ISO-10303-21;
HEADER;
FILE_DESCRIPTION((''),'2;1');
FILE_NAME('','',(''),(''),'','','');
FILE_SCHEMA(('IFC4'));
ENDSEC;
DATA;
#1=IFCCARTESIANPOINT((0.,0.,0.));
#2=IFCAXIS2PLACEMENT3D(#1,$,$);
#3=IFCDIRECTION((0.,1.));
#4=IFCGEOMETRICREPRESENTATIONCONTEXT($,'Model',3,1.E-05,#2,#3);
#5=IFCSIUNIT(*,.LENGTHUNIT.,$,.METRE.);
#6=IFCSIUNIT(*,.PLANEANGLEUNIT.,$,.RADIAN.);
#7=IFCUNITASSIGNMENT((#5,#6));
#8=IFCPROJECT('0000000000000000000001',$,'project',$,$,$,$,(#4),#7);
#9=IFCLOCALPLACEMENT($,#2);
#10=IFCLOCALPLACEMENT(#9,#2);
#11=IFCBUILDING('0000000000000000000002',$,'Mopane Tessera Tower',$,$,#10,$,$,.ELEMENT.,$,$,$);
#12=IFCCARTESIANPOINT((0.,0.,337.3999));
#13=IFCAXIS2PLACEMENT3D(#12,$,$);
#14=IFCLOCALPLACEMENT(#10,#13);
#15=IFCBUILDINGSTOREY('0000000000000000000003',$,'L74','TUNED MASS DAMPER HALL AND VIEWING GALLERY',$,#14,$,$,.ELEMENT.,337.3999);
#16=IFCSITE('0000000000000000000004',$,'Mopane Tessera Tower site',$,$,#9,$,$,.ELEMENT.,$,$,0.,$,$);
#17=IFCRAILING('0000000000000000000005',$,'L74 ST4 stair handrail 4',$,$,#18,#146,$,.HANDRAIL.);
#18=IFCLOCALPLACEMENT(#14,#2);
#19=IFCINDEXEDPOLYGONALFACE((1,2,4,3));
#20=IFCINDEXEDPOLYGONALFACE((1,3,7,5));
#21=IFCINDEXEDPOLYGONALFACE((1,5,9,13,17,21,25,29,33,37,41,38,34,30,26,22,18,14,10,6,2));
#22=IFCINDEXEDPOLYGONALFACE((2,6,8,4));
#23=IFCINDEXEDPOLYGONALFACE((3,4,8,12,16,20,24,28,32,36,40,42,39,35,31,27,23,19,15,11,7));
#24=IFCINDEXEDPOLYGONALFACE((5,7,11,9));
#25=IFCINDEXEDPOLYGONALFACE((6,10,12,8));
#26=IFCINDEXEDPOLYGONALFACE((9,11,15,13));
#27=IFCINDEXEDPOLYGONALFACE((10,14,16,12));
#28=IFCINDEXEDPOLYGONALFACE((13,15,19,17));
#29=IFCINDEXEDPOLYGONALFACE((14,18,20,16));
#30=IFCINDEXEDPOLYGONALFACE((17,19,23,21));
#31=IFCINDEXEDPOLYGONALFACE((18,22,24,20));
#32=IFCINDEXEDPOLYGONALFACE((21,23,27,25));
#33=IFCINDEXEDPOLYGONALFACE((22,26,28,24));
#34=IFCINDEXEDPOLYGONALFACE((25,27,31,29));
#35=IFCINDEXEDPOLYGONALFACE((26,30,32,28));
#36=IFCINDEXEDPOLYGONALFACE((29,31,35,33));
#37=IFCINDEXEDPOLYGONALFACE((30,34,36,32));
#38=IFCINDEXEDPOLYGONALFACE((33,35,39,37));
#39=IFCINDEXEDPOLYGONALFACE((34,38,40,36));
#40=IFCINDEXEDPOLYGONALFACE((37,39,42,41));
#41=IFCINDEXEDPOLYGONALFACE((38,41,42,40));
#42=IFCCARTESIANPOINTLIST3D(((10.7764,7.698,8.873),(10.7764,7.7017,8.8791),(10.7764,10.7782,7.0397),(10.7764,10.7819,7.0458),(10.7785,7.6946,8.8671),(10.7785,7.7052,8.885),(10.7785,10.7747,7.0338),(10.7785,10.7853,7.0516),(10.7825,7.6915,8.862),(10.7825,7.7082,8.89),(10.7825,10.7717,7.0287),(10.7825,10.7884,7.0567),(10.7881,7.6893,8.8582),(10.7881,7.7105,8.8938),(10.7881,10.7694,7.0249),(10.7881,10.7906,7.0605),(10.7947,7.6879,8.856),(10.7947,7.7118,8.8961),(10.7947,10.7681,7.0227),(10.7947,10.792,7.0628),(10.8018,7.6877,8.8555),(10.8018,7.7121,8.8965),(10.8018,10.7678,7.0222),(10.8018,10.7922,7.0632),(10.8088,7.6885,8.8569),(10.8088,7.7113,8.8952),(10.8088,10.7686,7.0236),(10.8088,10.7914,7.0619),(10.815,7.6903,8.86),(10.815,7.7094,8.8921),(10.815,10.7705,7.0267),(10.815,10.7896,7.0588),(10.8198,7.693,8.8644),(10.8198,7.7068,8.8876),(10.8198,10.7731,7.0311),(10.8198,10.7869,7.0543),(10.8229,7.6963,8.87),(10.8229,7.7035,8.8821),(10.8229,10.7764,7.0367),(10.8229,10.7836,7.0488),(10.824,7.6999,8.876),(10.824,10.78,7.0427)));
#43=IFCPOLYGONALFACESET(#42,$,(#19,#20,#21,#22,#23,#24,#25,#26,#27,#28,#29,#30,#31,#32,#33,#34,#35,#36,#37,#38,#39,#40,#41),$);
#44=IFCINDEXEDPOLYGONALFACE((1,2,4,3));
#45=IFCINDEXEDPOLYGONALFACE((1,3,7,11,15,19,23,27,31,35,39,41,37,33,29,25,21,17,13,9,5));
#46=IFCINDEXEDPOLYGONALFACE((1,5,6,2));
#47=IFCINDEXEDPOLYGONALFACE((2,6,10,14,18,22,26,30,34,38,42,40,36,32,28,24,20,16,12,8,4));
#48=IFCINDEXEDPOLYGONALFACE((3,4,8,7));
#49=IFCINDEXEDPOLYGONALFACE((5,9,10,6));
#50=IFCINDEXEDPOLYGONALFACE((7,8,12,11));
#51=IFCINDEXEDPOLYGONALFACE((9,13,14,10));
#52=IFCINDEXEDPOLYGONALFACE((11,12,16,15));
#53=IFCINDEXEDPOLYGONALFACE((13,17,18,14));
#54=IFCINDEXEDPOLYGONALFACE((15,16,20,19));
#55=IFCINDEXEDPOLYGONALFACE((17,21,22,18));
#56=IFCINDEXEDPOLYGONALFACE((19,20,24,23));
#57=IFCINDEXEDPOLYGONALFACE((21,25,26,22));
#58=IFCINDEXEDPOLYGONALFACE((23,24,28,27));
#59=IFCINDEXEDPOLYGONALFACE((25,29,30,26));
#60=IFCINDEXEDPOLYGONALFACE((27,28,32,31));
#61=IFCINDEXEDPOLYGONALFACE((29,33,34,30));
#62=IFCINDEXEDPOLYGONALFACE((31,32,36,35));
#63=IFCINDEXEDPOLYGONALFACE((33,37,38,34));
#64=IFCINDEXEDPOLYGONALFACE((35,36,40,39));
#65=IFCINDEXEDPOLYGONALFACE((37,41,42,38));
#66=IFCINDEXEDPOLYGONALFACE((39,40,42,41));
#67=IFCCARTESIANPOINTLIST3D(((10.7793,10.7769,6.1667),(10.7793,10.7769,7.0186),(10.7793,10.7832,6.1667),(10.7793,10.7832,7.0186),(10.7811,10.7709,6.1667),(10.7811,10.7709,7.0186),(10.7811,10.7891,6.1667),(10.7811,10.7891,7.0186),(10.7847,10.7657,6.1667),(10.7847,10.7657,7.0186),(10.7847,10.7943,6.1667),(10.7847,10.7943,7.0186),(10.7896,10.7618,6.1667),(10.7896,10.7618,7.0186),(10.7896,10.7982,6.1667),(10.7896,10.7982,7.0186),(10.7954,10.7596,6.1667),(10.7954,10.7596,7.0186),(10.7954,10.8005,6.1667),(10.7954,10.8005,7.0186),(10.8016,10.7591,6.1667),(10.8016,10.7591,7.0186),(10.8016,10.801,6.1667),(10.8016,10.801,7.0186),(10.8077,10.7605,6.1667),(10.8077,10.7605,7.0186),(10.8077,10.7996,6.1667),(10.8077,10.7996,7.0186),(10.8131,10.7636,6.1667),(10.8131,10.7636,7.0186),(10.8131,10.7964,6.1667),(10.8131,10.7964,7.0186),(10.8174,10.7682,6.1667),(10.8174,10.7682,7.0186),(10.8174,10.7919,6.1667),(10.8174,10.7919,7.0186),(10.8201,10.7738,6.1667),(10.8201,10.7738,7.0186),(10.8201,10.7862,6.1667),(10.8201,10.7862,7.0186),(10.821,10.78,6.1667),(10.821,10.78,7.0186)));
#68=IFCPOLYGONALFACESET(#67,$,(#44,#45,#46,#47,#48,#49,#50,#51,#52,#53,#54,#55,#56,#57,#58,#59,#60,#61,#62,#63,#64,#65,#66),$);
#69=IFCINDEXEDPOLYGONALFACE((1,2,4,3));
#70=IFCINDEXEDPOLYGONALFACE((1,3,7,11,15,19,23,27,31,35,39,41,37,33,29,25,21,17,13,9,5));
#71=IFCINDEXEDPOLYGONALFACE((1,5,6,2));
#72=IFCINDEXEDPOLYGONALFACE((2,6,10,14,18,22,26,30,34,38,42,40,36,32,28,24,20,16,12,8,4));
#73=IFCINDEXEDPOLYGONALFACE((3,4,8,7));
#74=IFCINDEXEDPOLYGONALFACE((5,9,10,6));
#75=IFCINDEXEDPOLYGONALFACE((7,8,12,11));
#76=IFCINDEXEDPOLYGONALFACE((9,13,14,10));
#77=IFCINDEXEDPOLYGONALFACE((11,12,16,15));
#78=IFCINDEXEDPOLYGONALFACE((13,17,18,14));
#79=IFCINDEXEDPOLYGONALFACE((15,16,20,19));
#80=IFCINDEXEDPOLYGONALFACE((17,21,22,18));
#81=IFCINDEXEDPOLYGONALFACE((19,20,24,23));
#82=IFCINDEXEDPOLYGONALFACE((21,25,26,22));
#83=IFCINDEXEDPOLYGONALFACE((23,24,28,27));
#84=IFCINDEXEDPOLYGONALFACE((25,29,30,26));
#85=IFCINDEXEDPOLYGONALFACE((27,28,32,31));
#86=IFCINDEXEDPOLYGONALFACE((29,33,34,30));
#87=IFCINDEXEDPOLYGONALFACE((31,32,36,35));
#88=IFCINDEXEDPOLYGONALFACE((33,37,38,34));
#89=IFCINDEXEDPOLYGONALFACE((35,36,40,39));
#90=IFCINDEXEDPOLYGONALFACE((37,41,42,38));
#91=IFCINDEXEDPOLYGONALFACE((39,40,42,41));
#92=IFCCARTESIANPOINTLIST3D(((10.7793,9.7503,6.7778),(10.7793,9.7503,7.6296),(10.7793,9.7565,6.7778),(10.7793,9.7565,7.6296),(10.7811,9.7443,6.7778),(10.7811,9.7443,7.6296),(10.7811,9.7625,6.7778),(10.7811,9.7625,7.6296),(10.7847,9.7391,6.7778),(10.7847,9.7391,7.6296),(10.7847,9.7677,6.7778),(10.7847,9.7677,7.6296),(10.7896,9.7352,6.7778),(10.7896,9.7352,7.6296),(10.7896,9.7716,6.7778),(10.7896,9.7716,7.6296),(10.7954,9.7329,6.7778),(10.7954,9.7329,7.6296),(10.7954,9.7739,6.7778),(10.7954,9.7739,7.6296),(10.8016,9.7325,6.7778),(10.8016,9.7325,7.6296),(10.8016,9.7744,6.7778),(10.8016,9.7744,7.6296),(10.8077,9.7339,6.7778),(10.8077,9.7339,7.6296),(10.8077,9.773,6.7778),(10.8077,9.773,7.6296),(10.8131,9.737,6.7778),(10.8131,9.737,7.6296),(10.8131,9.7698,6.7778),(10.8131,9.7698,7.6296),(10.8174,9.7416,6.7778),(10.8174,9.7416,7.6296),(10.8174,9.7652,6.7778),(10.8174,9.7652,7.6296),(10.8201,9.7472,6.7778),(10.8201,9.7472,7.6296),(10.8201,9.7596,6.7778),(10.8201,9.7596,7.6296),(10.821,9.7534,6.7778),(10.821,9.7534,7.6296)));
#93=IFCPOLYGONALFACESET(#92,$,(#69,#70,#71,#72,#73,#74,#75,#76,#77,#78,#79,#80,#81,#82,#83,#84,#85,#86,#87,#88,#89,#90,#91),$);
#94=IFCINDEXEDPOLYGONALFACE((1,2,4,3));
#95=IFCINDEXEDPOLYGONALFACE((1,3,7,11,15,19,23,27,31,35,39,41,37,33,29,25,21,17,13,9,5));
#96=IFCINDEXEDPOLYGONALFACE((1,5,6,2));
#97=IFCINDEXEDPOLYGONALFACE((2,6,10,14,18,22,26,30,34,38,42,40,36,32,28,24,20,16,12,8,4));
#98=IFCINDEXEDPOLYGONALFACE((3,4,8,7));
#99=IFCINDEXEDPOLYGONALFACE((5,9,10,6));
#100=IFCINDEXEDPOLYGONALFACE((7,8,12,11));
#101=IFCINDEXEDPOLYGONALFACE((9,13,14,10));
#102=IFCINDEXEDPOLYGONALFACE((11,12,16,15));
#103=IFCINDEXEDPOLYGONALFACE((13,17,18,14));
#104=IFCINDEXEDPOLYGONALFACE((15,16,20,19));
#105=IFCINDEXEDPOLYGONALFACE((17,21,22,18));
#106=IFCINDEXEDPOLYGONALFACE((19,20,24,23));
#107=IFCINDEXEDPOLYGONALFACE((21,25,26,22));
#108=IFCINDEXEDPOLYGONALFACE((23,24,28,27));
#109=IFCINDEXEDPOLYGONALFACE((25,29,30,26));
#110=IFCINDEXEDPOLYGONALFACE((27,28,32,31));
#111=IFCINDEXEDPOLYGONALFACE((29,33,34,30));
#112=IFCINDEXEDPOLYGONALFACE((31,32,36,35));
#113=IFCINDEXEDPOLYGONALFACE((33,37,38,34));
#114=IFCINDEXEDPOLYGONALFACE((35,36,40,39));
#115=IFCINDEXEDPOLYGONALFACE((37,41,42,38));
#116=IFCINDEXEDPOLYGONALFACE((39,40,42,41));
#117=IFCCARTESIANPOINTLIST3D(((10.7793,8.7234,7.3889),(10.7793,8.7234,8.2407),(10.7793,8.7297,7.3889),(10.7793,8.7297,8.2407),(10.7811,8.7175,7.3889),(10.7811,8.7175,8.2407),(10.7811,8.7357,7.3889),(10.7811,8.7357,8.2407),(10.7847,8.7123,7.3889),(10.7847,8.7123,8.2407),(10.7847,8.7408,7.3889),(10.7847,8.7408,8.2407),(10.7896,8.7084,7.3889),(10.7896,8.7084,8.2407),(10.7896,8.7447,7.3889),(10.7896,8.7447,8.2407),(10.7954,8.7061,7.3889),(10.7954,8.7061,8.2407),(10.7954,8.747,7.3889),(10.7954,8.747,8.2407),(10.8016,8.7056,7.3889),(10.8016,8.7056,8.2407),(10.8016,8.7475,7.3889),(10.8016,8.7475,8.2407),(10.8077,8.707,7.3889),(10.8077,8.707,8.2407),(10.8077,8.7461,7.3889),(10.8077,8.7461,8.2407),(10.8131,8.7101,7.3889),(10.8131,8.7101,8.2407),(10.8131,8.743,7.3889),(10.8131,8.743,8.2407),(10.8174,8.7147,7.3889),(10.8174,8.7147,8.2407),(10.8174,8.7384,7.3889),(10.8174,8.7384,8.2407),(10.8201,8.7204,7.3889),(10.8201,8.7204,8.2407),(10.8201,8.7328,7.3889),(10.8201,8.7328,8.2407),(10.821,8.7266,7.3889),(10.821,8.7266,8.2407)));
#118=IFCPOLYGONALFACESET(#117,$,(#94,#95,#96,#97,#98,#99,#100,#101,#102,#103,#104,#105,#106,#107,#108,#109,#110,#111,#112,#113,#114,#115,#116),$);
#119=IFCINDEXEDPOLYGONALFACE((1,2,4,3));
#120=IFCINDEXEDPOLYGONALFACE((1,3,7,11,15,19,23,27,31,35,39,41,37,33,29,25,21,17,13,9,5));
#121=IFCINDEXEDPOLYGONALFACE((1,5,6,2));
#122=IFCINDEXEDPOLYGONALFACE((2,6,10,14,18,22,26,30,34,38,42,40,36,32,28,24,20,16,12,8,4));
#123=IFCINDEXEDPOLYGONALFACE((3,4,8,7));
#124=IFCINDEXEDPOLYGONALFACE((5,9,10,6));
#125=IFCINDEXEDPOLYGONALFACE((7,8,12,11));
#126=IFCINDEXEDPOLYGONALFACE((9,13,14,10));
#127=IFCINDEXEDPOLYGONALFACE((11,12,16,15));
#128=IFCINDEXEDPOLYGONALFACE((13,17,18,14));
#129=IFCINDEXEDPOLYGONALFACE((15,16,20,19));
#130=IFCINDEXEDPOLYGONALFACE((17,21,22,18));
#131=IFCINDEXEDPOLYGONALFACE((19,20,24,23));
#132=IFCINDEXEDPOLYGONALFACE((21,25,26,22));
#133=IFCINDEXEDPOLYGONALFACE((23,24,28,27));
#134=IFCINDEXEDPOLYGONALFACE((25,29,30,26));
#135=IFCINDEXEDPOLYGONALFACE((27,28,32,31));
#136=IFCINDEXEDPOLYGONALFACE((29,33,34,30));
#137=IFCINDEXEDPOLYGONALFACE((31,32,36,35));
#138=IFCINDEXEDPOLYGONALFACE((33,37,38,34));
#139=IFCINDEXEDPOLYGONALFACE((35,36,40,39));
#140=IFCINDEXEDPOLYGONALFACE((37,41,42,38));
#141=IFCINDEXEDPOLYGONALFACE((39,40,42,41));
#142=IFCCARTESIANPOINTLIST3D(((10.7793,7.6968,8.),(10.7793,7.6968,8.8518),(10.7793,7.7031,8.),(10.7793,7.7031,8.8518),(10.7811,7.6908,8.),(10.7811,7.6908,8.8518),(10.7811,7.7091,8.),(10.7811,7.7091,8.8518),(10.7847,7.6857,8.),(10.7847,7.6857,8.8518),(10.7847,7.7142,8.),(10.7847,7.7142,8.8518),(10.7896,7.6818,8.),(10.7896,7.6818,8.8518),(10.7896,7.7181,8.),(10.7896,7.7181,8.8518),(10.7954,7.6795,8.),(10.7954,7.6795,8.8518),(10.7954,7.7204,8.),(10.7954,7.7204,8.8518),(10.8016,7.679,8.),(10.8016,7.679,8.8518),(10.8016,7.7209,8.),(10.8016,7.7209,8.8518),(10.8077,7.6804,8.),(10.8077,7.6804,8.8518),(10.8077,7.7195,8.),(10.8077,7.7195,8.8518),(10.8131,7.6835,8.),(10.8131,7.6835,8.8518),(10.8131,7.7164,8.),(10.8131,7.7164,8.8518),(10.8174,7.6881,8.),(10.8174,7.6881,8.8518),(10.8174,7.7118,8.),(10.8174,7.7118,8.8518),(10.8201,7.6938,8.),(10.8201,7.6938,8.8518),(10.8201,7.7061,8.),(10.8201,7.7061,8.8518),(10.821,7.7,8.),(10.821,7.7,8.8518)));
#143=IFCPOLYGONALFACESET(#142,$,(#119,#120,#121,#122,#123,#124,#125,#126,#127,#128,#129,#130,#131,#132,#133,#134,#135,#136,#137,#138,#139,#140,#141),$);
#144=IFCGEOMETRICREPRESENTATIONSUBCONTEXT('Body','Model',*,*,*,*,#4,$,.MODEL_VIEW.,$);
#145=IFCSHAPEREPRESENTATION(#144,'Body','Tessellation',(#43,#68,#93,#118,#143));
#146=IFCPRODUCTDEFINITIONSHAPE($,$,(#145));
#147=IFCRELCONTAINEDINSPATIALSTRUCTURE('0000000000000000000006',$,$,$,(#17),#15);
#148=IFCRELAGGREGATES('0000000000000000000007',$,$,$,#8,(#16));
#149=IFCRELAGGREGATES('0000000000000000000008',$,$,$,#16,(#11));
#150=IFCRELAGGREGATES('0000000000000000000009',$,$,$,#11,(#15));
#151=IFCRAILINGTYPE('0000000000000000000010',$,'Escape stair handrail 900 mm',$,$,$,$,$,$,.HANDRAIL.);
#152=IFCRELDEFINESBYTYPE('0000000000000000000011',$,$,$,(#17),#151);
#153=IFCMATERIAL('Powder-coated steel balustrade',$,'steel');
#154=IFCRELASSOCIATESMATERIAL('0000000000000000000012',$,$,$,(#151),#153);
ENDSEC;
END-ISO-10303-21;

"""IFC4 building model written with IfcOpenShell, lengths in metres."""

from ifc_helpers import new_model, si_unit, direction, frame, origin, origin_2d, place, context, subcontext, project, spatial, circle, extrude, material, type_object, element, save


model = new_model("IFC4")

# Units and contexts
model_context = context("Model", 3, precision=1e-05, world=origin(), true_north=direction((0.0, 1.0)))
body_context = subcontext(model_context, "Body", "Model", "MODEL_VIEW")
ifc_project = project(units=[si_unit("LENGTHUNIT", "METRE"), si_unit("PLANEANGLEUNIT", "RADIAN")], contexts=[model_context])

# Site, building, storey
site_placement = place(None, origin())
site = spatial("IfcSite", under=ifc_project, at=site_placement, Name="Mopane Tessera Tower site", CompositionType="ELEMENT", RefElevation=0.0)
building_placement = place(site_placement, origin())
building = spatial("IfcBuilding", under=site, at=building_placement, Name="Mopane Tessera Tower", CompositionType="ELEMENT")
storey_placement = place(building_placement, frame((0.0, 0.0, 337.3999)))
storey = spatial("IfcBuildingStorey", under=building, at=storey_placement, Name="L74", Description="TUNED MASS DAMPER HALL AND VIEWING GALLERY", CompositionType="ELEMENT", Elevation=337.3999)

# Railing
ifc_material_1 = material(Name="Powder-coated steel balustrade", Category="steel")
railing_type = type_object("IfcRailingType", Name="Escape stair handrail 900 mm", PredefinedType="HANDRAIL", material=ifc_material_1)
for number, where, name in (
    (1, (10.8, 10.78, 6.1667), "L74 ST4 stair handrail 4"),
):
    element("IfcRailing", number, at=place(storey_placement, frame(where)), inside=storey, type_object=railing_type, Name=name, PredefinedType="HANDRAIL", context=body_context, shape_type="SweptSolid", body=[
        extrude(circle(Radius=0.0239, at=origin_2d()), frame((0.0, 0.0, 0.876), z_axis=(0.0, -0.859309, 0.511458), x_axis=(1.0, 0.0, 0.0)), (0.0, 0.0, 1.0), 3.5845),
        extrude(circle(Radius=0.021, at=origin_2d()), origin(), (0.0, 0.0, 1.0), 0.8518),
        extrude(circle(Radius=0.021, at=origin_2d()), frame((0.0, -1.0266, 0.6111)), (0.0, 0.0, 1.0), 0.8518),
        extrude(circle(Radius=0.021, at=origin_2d()), frame((0.0, -2.0535, 1.2222)), (0.0, 0.0, 1.0), 0.8518),
        extrude(circle(Radius=0.021, at=origin_2d()), frame((0.0, -3.0801, 1.8333)), (0.0, 0.0, 1.0), 0.8518),
    ])

save(model, "model.ifc")
